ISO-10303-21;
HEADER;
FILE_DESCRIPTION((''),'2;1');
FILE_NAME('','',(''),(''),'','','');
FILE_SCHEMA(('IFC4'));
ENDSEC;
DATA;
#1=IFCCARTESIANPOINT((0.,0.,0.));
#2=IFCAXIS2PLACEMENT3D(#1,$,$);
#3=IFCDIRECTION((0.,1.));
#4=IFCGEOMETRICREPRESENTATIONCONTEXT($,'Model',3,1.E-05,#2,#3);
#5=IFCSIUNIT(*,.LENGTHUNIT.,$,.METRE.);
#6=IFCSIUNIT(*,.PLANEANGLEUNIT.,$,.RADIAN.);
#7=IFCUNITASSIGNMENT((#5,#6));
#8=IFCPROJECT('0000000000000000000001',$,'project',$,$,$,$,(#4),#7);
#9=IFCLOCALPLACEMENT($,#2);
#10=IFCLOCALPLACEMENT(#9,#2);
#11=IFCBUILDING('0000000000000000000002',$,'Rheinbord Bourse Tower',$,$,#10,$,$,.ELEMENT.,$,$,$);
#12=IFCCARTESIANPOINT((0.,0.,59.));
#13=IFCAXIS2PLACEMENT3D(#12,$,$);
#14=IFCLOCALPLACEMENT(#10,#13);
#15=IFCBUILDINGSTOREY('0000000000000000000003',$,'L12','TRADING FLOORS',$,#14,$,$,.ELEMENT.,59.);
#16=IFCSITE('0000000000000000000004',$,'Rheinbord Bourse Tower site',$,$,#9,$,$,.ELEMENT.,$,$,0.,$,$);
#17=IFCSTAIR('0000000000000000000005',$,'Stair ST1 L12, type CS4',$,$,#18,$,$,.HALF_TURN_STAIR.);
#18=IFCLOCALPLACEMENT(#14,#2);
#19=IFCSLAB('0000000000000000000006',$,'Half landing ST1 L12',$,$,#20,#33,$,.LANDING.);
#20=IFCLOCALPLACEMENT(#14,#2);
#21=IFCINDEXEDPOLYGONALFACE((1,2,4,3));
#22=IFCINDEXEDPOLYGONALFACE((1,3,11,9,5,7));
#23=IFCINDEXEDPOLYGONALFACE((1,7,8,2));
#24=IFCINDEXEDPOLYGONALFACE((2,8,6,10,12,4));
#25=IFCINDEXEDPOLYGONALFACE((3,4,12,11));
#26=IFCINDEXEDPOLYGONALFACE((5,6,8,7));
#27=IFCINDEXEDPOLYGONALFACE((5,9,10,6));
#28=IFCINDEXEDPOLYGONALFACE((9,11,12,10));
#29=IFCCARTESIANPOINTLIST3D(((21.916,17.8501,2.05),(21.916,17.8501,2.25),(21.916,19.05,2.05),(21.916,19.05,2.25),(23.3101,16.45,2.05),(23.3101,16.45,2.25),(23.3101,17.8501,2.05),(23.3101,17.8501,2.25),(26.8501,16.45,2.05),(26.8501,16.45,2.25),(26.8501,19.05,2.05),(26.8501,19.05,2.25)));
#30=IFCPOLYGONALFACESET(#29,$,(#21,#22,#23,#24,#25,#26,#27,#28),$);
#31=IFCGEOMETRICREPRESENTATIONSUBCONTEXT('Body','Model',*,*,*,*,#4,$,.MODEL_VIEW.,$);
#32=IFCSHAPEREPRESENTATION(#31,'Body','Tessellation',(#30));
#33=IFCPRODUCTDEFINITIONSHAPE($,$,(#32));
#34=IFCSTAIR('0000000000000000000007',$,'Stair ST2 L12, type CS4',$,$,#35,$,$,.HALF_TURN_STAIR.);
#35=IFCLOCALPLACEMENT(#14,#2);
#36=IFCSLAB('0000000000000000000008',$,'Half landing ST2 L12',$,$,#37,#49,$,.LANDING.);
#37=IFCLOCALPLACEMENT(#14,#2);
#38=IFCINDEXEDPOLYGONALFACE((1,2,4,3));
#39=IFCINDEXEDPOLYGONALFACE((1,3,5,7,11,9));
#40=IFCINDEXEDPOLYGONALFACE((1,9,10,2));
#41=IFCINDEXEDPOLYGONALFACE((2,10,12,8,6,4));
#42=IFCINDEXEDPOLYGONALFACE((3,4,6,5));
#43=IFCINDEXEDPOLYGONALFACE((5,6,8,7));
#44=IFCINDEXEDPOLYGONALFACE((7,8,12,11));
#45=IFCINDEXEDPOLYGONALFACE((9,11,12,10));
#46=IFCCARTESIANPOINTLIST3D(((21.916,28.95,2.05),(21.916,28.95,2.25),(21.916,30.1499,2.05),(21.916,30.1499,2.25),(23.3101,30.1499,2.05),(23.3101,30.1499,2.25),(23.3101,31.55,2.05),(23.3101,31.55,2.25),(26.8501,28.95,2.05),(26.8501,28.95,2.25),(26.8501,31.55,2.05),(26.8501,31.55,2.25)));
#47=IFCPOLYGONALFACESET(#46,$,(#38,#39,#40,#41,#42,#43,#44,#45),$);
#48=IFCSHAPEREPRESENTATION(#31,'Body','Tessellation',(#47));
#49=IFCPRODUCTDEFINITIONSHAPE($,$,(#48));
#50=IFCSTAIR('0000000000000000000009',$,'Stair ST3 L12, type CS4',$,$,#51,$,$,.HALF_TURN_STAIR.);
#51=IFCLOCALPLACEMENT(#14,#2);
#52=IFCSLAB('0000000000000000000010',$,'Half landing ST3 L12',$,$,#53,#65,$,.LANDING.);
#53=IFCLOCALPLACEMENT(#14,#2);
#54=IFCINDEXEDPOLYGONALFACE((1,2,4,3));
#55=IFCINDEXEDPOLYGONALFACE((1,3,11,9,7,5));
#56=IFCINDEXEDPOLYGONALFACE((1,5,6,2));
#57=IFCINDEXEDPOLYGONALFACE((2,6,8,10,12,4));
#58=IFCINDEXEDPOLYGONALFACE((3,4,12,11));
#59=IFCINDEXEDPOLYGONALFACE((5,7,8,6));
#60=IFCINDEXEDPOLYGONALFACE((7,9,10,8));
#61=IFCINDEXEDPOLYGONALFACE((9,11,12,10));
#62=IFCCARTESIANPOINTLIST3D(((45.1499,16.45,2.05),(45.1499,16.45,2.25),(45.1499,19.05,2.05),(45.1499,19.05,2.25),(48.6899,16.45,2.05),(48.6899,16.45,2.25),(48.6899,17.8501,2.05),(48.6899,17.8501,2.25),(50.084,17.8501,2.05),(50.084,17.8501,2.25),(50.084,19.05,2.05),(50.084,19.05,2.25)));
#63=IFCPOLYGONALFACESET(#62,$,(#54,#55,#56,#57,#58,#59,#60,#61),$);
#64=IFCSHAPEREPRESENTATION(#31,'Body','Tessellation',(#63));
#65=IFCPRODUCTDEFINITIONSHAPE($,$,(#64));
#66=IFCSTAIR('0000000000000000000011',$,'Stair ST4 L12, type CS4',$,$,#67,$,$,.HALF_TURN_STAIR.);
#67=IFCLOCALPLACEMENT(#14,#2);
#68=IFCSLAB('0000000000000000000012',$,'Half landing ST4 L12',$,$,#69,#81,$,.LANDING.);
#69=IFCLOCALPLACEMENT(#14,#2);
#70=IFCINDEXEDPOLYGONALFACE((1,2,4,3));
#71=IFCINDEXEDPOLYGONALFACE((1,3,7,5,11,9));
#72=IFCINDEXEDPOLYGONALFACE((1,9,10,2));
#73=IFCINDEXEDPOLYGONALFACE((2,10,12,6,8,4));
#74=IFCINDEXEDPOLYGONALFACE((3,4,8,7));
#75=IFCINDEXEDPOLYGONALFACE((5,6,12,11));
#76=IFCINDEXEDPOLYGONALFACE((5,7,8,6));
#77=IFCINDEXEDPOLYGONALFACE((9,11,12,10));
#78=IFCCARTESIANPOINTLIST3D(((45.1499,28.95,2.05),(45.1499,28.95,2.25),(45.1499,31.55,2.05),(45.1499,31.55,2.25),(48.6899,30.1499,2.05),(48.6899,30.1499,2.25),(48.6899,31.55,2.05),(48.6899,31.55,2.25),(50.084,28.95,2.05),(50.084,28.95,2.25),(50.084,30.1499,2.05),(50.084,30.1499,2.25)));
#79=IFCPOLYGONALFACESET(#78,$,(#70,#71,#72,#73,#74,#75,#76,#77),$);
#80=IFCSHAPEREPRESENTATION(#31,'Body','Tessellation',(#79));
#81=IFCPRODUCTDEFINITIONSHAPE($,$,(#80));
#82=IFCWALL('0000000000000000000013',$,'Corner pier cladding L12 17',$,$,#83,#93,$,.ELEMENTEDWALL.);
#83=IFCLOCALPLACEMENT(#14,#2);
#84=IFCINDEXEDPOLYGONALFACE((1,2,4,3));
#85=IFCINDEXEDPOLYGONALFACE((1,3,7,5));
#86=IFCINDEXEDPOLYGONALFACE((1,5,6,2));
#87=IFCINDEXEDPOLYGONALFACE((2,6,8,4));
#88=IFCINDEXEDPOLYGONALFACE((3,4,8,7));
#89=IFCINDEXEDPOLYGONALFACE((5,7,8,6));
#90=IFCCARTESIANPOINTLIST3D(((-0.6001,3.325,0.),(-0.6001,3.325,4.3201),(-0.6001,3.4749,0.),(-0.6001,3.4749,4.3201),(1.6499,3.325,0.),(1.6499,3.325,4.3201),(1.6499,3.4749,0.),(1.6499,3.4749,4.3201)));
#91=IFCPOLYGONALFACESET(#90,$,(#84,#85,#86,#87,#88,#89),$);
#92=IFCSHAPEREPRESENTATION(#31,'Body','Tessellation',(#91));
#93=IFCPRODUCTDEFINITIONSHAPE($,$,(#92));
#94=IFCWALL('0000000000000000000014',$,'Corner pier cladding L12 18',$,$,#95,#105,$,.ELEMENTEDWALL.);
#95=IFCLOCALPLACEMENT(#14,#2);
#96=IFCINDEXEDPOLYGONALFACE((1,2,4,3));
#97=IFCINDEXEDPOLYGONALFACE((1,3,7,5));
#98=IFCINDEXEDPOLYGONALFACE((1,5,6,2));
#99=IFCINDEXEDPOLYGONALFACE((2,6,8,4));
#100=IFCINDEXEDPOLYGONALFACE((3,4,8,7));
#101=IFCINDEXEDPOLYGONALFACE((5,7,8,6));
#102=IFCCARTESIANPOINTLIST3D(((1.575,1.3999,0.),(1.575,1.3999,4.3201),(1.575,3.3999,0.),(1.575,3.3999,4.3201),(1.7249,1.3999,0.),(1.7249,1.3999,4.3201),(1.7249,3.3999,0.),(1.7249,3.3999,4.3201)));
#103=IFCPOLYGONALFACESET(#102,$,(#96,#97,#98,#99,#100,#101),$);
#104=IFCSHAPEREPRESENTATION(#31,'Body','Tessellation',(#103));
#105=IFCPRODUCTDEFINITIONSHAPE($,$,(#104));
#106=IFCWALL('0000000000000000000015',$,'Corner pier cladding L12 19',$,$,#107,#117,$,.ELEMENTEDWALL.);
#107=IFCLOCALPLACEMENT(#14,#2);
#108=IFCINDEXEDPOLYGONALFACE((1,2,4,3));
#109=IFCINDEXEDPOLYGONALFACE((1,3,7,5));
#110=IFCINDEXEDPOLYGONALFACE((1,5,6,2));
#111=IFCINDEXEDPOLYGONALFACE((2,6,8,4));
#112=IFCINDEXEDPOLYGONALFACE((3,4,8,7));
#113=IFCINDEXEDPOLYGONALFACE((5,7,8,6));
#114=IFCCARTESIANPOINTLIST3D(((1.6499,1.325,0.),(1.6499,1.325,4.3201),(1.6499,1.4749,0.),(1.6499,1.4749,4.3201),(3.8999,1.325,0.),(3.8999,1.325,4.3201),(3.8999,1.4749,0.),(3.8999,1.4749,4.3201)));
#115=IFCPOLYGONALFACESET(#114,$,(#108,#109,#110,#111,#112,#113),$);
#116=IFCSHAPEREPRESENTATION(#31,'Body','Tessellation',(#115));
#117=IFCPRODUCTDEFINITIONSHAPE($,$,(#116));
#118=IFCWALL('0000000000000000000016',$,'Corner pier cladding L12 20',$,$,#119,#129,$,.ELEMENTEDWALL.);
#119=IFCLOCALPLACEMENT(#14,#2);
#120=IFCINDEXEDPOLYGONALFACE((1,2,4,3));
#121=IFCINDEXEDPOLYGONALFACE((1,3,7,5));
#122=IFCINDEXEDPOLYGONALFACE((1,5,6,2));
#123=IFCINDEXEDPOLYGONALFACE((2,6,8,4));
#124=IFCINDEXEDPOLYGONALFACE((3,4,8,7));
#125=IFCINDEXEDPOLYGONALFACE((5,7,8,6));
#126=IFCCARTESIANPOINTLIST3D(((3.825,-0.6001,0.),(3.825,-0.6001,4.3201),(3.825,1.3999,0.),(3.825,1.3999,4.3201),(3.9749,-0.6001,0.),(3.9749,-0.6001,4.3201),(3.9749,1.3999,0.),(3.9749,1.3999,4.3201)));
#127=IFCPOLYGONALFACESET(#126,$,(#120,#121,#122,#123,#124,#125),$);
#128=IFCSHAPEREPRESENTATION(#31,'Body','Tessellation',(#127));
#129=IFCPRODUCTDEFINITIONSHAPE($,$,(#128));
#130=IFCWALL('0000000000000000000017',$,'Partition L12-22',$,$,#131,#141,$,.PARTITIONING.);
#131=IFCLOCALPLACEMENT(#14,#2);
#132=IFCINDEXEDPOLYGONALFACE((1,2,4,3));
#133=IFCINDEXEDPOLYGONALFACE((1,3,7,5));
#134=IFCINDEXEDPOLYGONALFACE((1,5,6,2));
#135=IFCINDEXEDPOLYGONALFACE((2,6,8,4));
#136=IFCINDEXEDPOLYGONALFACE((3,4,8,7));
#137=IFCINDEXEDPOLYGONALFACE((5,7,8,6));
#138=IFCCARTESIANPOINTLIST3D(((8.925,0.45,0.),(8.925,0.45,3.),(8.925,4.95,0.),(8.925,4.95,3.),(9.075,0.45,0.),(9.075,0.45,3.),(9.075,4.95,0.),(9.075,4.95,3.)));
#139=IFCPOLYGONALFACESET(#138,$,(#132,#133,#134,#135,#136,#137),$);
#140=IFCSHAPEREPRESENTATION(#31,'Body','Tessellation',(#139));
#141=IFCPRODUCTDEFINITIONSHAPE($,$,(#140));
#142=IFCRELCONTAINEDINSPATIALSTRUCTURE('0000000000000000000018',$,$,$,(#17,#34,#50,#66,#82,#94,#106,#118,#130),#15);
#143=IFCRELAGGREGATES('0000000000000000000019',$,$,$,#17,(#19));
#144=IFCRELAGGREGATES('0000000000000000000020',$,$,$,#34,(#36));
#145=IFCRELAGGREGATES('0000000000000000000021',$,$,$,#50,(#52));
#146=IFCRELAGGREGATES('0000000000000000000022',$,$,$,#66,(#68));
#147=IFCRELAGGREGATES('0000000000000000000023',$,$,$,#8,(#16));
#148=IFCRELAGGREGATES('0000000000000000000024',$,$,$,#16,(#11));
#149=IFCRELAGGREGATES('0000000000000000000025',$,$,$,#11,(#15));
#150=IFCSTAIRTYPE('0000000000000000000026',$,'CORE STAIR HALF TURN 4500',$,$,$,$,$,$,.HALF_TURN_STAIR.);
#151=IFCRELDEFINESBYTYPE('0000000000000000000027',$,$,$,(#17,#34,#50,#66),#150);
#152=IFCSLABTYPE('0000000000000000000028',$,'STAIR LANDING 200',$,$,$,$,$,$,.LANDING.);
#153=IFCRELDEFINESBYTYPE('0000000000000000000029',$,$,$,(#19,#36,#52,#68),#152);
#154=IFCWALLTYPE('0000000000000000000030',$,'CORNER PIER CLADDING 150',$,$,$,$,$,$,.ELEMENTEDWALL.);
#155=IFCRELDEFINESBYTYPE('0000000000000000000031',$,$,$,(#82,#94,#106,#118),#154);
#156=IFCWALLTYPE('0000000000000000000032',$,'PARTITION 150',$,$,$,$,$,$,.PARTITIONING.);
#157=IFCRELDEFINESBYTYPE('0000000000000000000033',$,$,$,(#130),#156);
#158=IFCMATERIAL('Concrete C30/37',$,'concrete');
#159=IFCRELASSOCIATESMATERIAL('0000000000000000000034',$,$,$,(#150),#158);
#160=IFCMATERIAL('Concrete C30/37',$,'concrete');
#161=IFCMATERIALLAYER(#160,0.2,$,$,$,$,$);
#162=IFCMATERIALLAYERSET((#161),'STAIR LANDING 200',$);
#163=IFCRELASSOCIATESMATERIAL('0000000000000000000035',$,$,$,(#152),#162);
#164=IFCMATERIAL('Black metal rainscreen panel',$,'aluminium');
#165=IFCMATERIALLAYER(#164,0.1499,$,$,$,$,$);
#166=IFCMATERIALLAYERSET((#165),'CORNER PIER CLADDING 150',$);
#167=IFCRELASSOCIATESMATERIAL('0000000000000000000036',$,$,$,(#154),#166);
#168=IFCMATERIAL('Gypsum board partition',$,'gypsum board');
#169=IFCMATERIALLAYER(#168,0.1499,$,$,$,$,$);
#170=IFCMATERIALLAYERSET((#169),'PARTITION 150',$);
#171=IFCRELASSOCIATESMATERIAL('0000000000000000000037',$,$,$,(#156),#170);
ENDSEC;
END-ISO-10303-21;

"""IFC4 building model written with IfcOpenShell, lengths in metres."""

from ifc_helpers import new_model, si_unit, direction, frame, frame_2d, origin, place, context, subcontext, project, spatial, polyline, rectangle, outline, extrude, material, layer, layer_set, type_object, element, aggregate, save


model = new_model("IFC4")

# Units and contexts
model_context = context("Model", 3, precision=1e-05, world=origin(), true_north=direction((0.0, 1.0)))
body_context = subcontext(model_context, "Body", "Model", "MODEL_VIEW")
ifc_project = project(units=[si_unit("LENGTHUNIT", "METRE"), si_unit("PLANEANGLEUNIT", "RADIAN")], contexts=[model_context])

# Site, building, storey
site_placement = place(None, origin())
site = spatial("IfcSite", under=ifc_project, at=site_placement, Name="Rheinbord Bourse Tower site", CompositionType="ELEMENT", RefElevation=0.0)
building_placement = place(site_placement, origin())
building = spatial("IfcBuilding", under=site, at=building_placement, Name="Rheinbord Bourse Tower", CompositionType="ELEMENT")
storey_placement = place(building_placement, frame((0.0, 0.0, 59.0)))
storey = spatial("IfcBuildingStorey", under=building, at=storey_placement, Name="L12", Description="TRADING FLOORS", CompositionType="ELEMENT", Elevation=59.0)

# Stairs, slabs
ifc_material_1 = material(Name="Concrete C30/37", Category="concrete")
stair_type = type_object("IfcStairType", Name="CORE STAIR HALF TURN 4500", PredefinedType="HALF_TURN_STAIR", material=ifc_material_1)
stair_1_placement = place(storey_placement, origin())
stair_1 = element("IfcStair", 1, at=stair_1_placement, inside=storey, type_object=stair_type, Name="Stair ST1 L12, type CS4", PredefinedType="HALF_TURN_STAIR")
ifc_material_2 = material(Name="Concrete C30/37", Category="concrete")
ifc_layer_1 = layer(ifc_material_2, 0.2)
ifc_layer_set_1 = layer_set([ifc_layer_1], Name="STAIR LANDING 200")
slab_type_1 = type_object("IfcSlabType", Name="STAIR LANDING 200", PredefinedType="LANDING", material=ifc_layer_set_1)
slab_1_placement = place(storey_placement, frame((0.0, 0.0, 2.05)))
slab_1 = element("IfcSlab", 2, at=slab_1_placement, type_object=slab_type_1, Name="Half landing ST1 L12", PredefinedType="LANDING", context=body_context, shape_type="SweptSolid", body=[
    extrude(outline(polyline([(23.3101, 16.45), (26.8501, 16.45), (26.8501, 19.05), (21.916, 19.05), (21.916, 17.8501), (23.3101, 17.8501), (23.3101, 16.45)])), origin(), (0.0, 0.0, 1.0), 0.2),
])
aggregate(stair_1, [slab_1])
stair_2_placement = place(storey_placement, origin())
stair_2 = element("IfcStair", 3, at=stair_2_placement, inside=storey, type_object=stair_type, Name="Stair ST2 L12, type CS4", PredefinedType="HALF_TURN_STAIR")
slab_2_placement = place(storey_placement, frame((0.0, 0.0, 2.05)))
slab_2 = element("IfcSlab", 4, at=slab_2_placement, type_object=slab_type_1, Name="Half landing ST2 L12", PredefinedType="LANDING", context=body_context, shape_type="SweptSolid", body=[
    extrude(outline(polyline([(21.916, 28.95), (26.8501, 28.95), (26.8501, 31.55), (23.3101, 31.55), (23.3101, 30.1499), (21.916, 30.1499), (21.916, 28.95)])), origin(), (0.0, 0.0, 1.0), 0.2),
])
aggregate(stair_2, [slab_2])
stair_3_placement = place(storey_placement, origin())
stair_3 = element("IfcStair", 5, at=stair_3_placement, inside=storey, type_object=stair_type, Name="Stair ST3 L12, type CS4", PredefinedType="HALF_TURN_STAIR")
slab_3_placement = place(storey_placement, frame((0.0, 0.0, 2.05)))
slab_3 = element("IfcSlab", 6, at=slab_3_placement, type_object=slab_type_1, Name="Half landing ST3 L12", PredefinedType="LANDING", context=body_context, shape_type="SweptSolid", body=[
    extrude(outline(polyline([(45.1499, 16.45), (48.6899, 16.45), (48.6899, 17.8501), (50.084, 17.8501), (50.084, 19.05), (45.1499, 19.05), (45.1499, 16.45)])), origin(), (0.0, 0.0, 1.0), 0.2),
])
aggregate(stair_3, [slab_3])
stair_4_placement = place(storey_placement, origin())
stair_4 = element("IfcStair", 7, at=stair_4_placement, inside=storey, type_object=stair_type, Name="Stair ST4 L12, type CS4", PredefinedType="HALF_TURN_STAIR")
slab_4_placement = place(storey_placement, frame((0.0, 0.0, 2.05)))
slab_4 = element("IfcSlab", 8, at=slab_4_placement, type_object=slab_type_1, Name="Half landing ST4 L12", PredefinedType="LANDING", context=body_context, shape_type="SweptSolid", body=[
    extrude(outline(polyline([(45.1499, 28.95), (50.084, 28.95), (50.084, 30.1499), (48.6899, 30.1499), (48.6899, 31.55), (45.1499, 31.55), (45.1499, 28.95)])), origin(), (0.0, 0.0, 1.0), 0.2),
])
aggregate(stair_4, [slab_4])

# Walls
ifc_material_3 = material(Name="Black metal rainscreen panel", Category="aluminium")
ifc_layer_2 = layer(ifc_material_3, 0.1499)
ifc_layer_set_2 = layer_set([ifc_layer_2], Name="CORNER PIER CLADDING 150")
wall_type_1 = type_object("IfcWallType", Name="CORNER PIER CLADDING 150", PredefinedType="ELEMENTEDWALL", material=ifc_layer_set_2)
wall_1_placement = place(storey_placement, frame((-0.6001, 3.3999, 0.0), z_axis=(0.0, 0.0, 1.0), x_axis=(1.0, 0.0, 0.0)))
element("IfcWall", 9, at=wall_1_placement, inside=storey, type_object=wall_type_1, Name="Corner pier cladding L12 17", PredefinedType="ELEMENTEDWALL", context=body_context, shape_type="SweptSolid", body=[
    extrude(rectangle(XDim=2.25, YDim=0.1499, at=frame_2d((1.125, 0.0))), origin(), (0.0, 0.0, 1.0), 4.3201),
])
wall_2_placement = place(storey_placement, frame((1.6499, 3.3999, 0.0), z_axis=(0.0, 0.0, 1.0), x_axis=(0.0, -1.0, 0.0)))
element("IfcWall", 10, at=wall_2_placement, inside=storey, type_object=wall_type_1, Name="Corner pier cladding L12 18", PredefinedType="ELEMENTEDWALL", context=body_context, shape_type="SweptSolid", body=[
    extrude(rectangle(XDim=2.0, YDim=0.1499, at=frame_2d((1.0, 0.0))), origin(), (0.0, 0.0, 1.0), 4.3201),
])
wall_3_placement = place(storey_placement, frame((1.6499, 1.3999, 0.0), z_axis=(0.0, 0.0, 1.0), x_axis=(1.0, 0.0, 0.0)))
element("IfcWall", 11, at=wall_3_placement, inside=storey, type_object=wall_type_1, Name="Corner pier cladding L12 19", PredefinedType="ELEMENTEDWALL", context=body_context, shape_type="SweptSolid", body=[
    extrude(rectangle(XDim=2.25, YDim=0.1499, at=frame_2d((1.125, 0.0))), origin(), (0.0, 0.0, 1.0), 4.3201),
])
wall_4_placement = place(storey_placement, frame((3.8999, 1.3999, 0.0), z_axis=(0.0, 0.0, 1.0), x_axis=(0.0, -1.0, 0.0)))
element("IfcWall", 12, at=wall_4_placement, inside=storey, type_object=wall_type_1, Name="Corner pier cladding L12 20", PredefinedType="ELEMENTEDWALL", context=body_context, shape_type="SweptSolid", body=[
    extrude(rectangle(XDim=2.0, YDim=0.1499, at=frame_2d((1.0, 0.0))), origin(), (0.0, 0.0, 1.0), 4.3201),
])
ifc_material_4 = material(Name="Gypsum board partition", Category="gypsum board")
ifc_layer_3 = layer(ifc_material_4, 0.1499)
ifc_layer_set_3 = layer_set([ifc_layer_3], Name="PARTITION 150")
wall_type_2 = type_object("IfcWallType", Name="PARTITION 150", PredefinedType="PARTITIONING", material=ifc_layer_set_3)
wall_5_placement = place(storey_placement, frame((9.0, 0.45, 0.0), z_axis=(0.0, 0.0, 1.0), x_axis=(0.0, 1.0, 0.0)))
element("IfcWall", 13, at=wall_5_placement, inside=storey, type_object=wall_type_2, Name="Partition L12-22", PredefinedType="PARTITIONING", context=body_context, shape_type="SweptSolid", body=[
    extrude(rectangle(XDim=4.5, YDim=0.1499, at=frame_2d((2.25, 0.0))), origin(), (0.0, 0.0, 1.0), 3.0),
])

save(model, "model.ifc")
